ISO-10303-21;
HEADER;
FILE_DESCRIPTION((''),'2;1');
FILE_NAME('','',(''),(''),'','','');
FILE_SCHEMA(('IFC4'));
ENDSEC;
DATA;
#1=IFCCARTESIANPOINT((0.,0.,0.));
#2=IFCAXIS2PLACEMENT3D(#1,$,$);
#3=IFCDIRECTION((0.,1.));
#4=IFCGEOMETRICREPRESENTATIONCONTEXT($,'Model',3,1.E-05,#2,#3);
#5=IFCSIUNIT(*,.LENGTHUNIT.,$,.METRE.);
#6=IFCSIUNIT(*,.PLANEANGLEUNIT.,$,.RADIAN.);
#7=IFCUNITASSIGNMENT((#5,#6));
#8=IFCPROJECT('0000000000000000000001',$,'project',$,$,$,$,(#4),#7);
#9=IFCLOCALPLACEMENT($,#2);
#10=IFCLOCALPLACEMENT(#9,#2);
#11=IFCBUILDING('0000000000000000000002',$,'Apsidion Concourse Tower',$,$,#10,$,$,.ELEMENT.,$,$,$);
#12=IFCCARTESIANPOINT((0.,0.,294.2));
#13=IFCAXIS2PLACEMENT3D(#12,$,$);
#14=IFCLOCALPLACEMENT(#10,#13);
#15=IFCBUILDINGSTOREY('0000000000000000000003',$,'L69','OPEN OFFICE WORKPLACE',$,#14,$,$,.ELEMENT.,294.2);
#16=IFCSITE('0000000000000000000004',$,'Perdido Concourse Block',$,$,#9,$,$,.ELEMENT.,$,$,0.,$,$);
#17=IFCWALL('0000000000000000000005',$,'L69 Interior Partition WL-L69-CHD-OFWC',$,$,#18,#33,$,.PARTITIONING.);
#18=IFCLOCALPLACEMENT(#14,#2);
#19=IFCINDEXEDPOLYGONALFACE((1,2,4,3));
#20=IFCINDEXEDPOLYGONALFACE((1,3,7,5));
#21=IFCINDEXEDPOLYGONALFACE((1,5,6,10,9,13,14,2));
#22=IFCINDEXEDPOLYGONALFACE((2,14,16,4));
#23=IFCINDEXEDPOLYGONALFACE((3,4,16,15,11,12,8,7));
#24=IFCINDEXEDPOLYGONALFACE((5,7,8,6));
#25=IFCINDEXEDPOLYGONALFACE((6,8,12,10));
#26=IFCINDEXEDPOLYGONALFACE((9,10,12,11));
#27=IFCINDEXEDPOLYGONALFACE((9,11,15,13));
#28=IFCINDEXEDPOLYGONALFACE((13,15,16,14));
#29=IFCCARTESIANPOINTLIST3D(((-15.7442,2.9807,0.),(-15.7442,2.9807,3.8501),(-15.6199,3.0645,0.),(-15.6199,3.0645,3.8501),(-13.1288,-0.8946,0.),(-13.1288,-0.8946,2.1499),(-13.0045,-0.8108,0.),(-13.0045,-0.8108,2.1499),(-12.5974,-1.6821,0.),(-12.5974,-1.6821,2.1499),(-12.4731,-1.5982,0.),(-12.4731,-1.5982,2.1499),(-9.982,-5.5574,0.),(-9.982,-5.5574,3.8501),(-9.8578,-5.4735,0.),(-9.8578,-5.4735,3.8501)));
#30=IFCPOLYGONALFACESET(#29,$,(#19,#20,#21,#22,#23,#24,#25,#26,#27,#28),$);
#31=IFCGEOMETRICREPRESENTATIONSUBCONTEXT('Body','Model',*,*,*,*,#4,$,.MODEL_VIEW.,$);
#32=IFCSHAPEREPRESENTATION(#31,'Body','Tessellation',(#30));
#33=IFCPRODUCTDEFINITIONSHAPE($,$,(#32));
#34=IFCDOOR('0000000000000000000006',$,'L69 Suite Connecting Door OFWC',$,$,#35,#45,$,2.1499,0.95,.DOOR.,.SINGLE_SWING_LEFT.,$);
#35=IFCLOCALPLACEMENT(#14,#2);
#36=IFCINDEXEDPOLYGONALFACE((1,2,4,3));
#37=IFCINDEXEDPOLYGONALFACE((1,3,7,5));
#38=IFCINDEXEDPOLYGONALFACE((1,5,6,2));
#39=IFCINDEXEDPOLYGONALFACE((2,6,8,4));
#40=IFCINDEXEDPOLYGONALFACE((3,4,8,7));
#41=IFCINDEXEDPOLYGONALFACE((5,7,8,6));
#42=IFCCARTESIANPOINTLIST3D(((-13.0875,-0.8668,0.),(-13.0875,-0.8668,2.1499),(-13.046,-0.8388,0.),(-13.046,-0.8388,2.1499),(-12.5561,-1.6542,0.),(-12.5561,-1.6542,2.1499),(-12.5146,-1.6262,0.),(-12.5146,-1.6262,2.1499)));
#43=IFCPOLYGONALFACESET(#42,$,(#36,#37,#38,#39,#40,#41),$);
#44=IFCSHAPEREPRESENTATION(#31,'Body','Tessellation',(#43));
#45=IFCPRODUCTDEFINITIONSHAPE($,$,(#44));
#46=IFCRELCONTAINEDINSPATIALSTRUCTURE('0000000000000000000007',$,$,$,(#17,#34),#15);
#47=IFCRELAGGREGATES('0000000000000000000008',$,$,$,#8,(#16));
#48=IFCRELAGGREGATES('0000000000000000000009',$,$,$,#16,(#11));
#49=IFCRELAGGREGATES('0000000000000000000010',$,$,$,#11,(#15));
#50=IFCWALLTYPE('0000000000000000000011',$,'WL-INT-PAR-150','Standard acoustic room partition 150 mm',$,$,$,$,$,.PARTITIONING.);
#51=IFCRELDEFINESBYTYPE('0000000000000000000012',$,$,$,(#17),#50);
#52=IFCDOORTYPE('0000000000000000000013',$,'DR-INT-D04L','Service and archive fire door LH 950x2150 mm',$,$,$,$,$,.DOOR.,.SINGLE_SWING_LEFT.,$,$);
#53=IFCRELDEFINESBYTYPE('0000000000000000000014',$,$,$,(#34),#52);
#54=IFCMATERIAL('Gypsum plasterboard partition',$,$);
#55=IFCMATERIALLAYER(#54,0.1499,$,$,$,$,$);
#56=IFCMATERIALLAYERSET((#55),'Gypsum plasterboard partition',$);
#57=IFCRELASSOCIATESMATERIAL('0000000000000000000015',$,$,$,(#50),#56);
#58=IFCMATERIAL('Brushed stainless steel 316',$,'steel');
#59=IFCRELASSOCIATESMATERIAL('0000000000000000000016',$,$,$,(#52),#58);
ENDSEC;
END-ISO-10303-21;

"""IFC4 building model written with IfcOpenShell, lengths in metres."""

from ifc_helpers import new_model, si_unit, direction, frame, frame_2d, origin, place, context, subcontext, project, spatial, rectangle, extrude, material, layer, layer_set, type_object, element, fill, save


model = new_model("IFC4")

# Units and contexts
model_context = context("Model", 3, precision=1e-05, world=origin(), true_north=direction((0.0, 1.0)))
body_context = subcontext(model_context, "Body", "Model", "MODEL_VIEW")
ifc_project = project(units=[si_unit("LENGTHUNIT", "METRE"), si_unit("PLANEANGLEUNIT", "RADIAN")], contexts=[model_context])

# Site, building, storey
site_placement = place(None, origin())
site = spatial("IfcSite", under=ifc_project, at=site_placement, Name="Perdido Concourse Block", CompositionType="ELEMENT", RefElevation=0.0)
building_placement = place(site_placement, origin())
building = spatial("IfcBuilding", under=site, at=building_placement, Name="Apsidion Concourse Tower", CompositionType="ELEMENT")
storey_placement = place(building_placement, frame((0.0, 0.0, 294.2)))
storey = spatial("IfcBuildingStorey", under=building, at=storey_placement, Name="L69", Description="OPEN OFFICE WORKPLACE", CompositionType="ELEMENT", Elevation=294.2)

# Shared definitions
ifc_material_1 = material(Name="Gypsum plasterboard partition")
ifc_layer_1 = layer(ifc_material_1, 0.1499)
ifc_layer_set_1 = layer_set([ifc_layer_1], Name="Gypsum plasterboard partition")
wall_type_1 = type_object("IfcWallType", Name="WL-INT-PAR-150", Description="Standard acoustic room partition 150 mm", PredefinedType="PARTITIONING", material=ifc_layer_set_1)

# Wall, opening, door
wall_1_placement = place(storey_placement, frame((-15.6821, 3.0227, 0.0), z_axis=(0.0, 0.0, 1.0), x_axis=(0.559406, -0.828894, 0.0)))
wall_1 = element("IfcWall", 1, at=wall_1_placement, inside=storey, type_object=wall_type_1, Name="L69 Interior Partition WL-L69-CHD-OFWC", PredefinedType="PARTITIONING", context=body_context, shape_type="SweptSolid", body=[
    extrude(rectangle(XDim=10.3005, YDim=0.1499, at=frame_2d((5.1504, 0.0))), origin(), (0.0, 0.0, 1.0), 3.8501),
])
opening_1_placement = place(wall_1_placement, frame((4.6753, 0.0, 0.0)))
opening_1 = element("IfcOpeningElement", 2, at=opening_1_placement, cuts=wall_1, PredefinedType="OPENING", context=body_context, shape_type="SweptSolid", body=[
    extrude(rectangle(XDim=0.95, YDim=2.1499, at=frame_2d((0.4751, 1.075))), frame((0.0, 0.085, 0.0), z_axis=(0.0, -1.0, 0.0), x_axis=(1.0, 0.0, 0.0)), (0.0, 0.0, 1.0), 0.1699),
])
ifc_material_2 = material(Name="Brushed stainless steel 316", Category="steel")
door_type_1 = type_object("IfcDoorType", Name="DR-INT-D04L", Description="Service and archive fire door LH 950x2150 mm", OperationType="SINGLE_SWING_LEFT", PredefinedType="DOOR", material=ifc_material_2)
door_1_placement = place(opening_1_placement, origin())
door_1 = element("IfcDoor", 3, at=door_1_placement, inside=storey, type_object=door_type_1, Name="L69 Suite Connecting Door OFWC", OperationType="SINGLE_SWING_LEFT", OverallHeight=2.1499, OverallWidth=0.95, PredefinedType="DOOR", context=body_context, shape_type="SweptSolid", body=[
    extrude(rectangle(XDim=0.95, YDim=2.1499, at=frame_2d((0.4751, 1.075))), frame((0.0, 0.0249, 0.0), z_axis=(0.0, -1.0, 0.0), x_axis=(1.0, 0.0, 0.0)), (0.0, 0.0, 1.0), 0.05),
])
fill(opening_1, door_1)

save(model, "model.ifc")
